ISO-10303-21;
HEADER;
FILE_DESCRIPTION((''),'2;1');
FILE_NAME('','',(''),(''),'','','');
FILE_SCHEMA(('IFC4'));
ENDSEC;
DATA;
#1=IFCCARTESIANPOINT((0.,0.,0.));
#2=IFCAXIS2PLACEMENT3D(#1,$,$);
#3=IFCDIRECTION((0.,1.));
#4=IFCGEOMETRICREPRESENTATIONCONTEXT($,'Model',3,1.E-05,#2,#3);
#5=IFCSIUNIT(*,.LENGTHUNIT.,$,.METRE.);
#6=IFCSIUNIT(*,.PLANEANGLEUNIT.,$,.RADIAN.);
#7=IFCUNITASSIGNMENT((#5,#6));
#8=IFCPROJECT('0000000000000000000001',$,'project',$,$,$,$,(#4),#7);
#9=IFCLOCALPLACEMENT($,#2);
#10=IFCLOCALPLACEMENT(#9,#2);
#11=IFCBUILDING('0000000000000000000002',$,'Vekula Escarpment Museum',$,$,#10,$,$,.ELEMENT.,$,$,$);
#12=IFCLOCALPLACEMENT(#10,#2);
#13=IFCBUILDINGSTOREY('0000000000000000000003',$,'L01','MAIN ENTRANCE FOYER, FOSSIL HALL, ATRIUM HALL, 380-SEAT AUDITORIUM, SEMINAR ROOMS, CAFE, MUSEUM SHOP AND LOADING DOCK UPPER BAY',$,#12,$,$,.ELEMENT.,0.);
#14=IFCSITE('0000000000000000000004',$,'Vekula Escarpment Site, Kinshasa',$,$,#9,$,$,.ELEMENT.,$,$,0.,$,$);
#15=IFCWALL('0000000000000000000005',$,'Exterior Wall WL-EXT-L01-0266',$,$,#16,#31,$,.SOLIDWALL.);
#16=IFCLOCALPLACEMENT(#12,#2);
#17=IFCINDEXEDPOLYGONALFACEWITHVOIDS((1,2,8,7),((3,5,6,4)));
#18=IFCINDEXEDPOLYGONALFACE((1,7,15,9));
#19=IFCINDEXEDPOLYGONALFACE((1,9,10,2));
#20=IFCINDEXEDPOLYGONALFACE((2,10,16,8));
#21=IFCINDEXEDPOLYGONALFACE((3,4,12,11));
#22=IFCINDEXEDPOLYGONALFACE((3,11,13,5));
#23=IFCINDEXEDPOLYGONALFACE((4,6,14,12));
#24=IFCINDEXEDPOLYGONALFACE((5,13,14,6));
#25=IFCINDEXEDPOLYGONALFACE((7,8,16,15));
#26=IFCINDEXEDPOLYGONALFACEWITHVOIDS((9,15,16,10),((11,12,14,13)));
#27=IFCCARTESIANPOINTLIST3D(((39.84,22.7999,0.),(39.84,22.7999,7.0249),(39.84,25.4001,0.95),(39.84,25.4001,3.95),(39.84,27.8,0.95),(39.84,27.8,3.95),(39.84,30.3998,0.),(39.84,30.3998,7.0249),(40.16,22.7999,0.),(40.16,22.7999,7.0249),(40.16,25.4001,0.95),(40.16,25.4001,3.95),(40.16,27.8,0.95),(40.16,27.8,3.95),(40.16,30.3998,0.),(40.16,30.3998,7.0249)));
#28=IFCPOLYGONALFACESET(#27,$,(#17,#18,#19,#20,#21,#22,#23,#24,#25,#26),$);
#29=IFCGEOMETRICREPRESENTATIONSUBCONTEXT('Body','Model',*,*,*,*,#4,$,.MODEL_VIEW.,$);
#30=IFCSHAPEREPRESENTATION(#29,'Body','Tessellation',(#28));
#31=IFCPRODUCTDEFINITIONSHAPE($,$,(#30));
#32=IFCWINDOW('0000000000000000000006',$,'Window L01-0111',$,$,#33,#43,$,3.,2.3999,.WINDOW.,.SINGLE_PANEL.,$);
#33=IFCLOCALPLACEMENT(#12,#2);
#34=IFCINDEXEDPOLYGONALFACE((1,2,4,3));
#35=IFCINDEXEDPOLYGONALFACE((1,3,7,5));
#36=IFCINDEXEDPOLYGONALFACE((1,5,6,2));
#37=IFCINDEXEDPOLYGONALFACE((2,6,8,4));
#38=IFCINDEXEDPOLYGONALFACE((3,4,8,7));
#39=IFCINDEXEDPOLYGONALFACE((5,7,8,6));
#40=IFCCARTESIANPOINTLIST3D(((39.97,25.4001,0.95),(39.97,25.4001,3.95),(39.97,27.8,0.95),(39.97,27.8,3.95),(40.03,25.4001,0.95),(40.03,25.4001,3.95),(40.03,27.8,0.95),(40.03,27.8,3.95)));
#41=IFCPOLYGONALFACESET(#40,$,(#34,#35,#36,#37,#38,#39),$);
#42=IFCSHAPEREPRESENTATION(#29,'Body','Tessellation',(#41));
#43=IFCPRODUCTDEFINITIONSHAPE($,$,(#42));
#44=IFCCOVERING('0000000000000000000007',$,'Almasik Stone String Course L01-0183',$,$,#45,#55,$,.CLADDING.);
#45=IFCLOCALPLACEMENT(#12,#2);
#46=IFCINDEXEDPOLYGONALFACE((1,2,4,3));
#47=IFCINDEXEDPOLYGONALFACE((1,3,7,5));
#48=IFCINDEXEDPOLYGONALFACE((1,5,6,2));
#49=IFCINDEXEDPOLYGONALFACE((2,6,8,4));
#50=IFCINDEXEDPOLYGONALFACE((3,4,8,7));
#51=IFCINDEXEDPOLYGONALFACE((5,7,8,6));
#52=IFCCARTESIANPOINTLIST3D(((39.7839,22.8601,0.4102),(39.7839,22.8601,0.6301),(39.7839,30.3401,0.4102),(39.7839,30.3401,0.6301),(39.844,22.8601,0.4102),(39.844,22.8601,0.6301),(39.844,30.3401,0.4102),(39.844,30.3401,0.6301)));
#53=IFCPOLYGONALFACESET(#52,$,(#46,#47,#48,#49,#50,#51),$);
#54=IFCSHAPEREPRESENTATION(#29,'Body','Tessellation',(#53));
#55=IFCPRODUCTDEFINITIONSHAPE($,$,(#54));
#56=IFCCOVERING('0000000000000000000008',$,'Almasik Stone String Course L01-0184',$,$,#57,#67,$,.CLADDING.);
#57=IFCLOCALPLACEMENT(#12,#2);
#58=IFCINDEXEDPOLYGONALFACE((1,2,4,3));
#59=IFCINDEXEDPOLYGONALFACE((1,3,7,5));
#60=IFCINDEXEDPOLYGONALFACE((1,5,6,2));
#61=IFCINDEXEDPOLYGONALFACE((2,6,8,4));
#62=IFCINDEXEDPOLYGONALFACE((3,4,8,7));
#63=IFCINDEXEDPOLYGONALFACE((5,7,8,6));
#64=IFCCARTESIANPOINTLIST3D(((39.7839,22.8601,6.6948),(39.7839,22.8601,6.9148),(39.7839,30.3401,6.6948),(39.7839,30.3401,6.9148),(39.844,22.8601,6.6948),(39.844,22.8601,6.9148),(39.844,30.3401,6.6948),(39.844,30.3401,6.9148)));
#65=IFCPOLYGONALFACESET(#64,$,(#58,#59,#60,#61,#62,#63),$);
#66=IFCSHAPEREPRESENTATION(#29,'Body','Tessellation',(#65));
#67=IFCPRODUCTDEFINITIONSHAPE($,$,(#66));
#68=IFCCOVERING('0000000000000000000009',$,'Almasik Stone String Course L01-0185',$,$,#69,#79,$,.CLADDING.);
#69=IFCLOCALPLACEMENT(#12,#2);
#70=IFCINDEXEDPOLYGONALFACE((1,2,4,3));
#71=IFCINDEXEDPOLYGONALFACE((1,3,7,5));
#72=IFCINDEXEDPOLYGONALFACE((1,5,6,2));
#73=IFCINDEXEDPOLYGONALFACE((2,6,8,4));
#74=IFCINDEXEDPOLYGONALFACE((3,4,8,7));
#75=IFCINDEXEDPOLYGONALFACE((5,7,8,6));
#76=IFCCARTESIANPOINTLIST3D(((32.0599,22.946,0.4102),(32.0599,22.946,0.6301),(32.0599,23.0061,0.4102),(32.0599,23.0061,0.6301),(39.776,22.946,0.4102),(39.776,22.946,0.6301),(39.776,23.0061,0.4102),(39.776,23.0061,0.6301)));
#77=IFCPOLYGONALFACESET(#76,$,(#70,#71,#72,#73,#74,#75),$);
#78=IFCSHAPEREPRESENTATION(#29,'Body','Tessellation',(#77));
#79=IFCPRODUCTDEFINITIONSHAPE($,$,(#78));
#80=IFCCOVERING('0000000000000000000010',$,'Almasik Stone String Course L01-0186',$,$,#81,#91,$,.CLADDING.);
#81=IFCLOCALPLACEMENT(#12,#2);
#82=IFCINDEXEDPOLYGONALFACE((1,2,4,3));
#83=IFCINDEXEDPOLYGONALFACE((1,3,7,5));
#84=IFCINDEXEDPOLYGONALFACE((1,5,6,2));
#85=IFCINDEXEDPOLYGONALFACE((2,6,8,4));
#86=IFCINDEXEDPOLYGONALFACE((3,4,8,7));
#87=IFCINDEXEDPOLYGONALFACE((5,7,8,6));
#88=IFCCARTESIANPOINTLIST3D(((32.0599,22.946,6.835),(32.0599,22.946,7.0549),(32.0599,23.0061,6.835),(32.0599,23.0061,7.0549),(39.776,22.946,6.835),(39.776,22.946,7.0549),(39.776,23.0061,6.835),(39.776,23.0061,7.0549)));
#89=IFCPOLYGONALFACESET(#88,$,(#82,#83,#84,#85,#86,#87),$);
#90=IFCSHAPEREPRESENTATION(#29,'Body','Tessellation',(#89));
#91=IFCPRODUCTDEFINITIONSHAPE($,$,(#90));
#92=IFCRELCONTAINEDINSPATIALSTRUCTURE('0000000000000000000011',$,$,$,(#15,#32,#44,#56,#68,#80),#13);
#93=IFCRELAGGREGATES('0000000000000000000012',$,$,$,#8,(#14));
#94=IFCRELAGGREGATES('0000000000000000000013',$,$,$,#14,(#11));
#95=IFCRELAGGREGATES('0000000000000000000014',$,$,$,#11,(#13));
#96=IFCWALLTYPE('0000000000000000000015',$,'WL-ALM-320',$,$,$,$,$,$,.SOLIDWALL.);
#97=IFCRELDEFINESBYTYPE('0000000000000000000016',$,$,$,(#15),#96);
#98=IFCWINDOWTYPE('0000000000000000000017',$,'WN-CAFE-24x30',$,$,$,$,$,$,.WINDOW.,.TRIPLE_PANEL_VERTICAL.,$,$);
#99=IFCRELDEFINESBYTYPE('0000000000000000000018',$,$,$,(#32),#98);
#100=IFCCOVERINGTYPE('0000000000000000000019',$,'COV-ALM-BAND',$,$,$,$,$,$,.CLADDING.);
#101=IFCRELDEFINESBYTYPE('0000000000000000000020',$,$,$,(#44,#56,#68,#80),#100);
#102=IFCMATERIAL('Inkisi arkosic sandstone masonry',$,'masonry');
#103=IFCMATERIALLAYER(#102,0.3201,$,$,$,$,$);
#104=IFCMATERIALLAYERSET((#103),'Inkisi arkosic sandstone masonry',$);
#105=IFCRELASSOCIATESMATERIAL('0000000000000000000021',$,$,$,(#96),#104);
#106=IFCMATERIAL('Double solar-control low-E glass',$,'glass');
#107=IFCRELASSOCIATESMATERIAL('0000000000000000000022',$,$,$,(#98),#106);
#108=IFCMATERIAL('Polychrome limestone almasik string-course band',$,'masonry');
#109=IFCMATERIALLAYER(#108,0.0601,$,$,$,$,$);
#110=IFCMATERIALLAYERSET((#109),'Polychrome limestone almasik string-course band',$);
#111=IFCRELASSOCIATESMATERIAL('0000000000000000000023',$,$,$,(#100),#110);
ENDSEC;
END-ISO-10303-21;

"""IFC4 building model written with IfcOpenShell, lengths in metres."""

from ifc_helpers import new_model, si_unit, direction, frame, frame_2d, origin, origin_2d, place, context, subcontext, project, spatial, rectangle, extrude, material, layer, layer_set, type_object, element, fill, save


model = new_model("IFC4")

# Units and contexts
model_context = context("Model", 3, precision=1e-05, world=origin(), true_north=direction((0.0, 1.0)))
body_context = subcontext(model_context, "Body", "Model", "MODEL_VIEW")
ifc_project = project(units=[si_unit("LENGTHUNIT", "METRE"), si_unit("PLANEANGLEUNIT", "RADIAN")], contexts=[model_context])

# Site, building, storey
site_placement = place(None, origin())
site = spatial("IfcSite", under=ifc_project, at=site_placement, Name="Vekula Escarpment Site, Kinshasa", CompositionType="ELEMENT", RefElevation=0.0)
building_placement = place(site_placement, origin())
building = spatial("IfcBuilding", under=site, at=building_placement, Name="Vekula Escarpment Museum", CompositionType="ELEMENT")
storey_placement = place(building_placement, origin())
storey = spatial("IfcBuildingStorey", under=building, at=storey_placement, Name="L01", Description="MAIN ENTRANCE FOYER, FOSSIL HALL, ATRIUM HALL, 380-SEAT AUDITORIUM, SEMINAR ROOMS, CAFE, MUSEUM SHOP AND LOADING DOCK UPPER BAY", CompositionType="ELEMENT", Elevation=0.0)

# Wall, opening, window
ifc_material_1 = material(Name="Inkisi arkosic sandstone masonry", Category="masonry")
ifc_layer_1 = layer(ifc_material_1, 0.3201)
ifc_layer_set_1 = layer_set([ifc_layer_1], Name="Inkisi arkosic sandstone masonry")
wall_type = type_object("IfcWallType", Name="WL-ALM-320", PredefinedType="SOLIDWALL", material=ifc_layer_set_1)
wall_placement = place(storey_placement, frame((40.0, 22.8, 0.0), z_axis=(0.0, 0.0, 1.0), x_axis=(0.0, 1.0, 0.0)))
wall = element("IfcWall", 1, at=wall_placement, inside=storey, type_object=wall_type, Name="Exterior Wall WL-EXT-L01-0266", PredefinedType="SOLIDWALL", context=body_context, shape_type="SweptSolid", body=[
    extrude(rectangle(XDim=7.5999, YDim=0.3201, at=frame_2d((3.7998, 0.0))), origin(), (0.0, 0.0, 1.0), 7.0249),
])
opening_placement = place(wall_placement, frame((2.6001, 0.0, 0.95)))
opening = element("IfcOpeningElement", 2, at=opening_placement, cuts=wall, PredefinedType="OPENING", context=body_context, shape_type="SweptSolid", body=[
    extrude(rectangle(XDim=2.3999, YDim=3.0, at=frame_2d((1.2, 1.5))), frame((0.0, 0.1699, 0.0), z_axis=(0.0, -1.0, 0.0), x_axis=(1.0, 0.0, 0.0)), (0.0, 0.0, 1.0), 0.3401),
])
ifc_material_2 = material(Name="Double solar-control low-E glass", Category="glass")
window_type = type_object("IfcWindowType", Name="WN-CAFE-24x30", PartitioningType="TRIPLE_PANEL_VERTICAL", PredefinedType="WINDOW", material=ifc_material_2)
window_placement = place(opening_placement, origin())
window = element("IfcWindow", 3, at=window_placement, inside=storey, type_object=window_type, Name="Window L01-0111", OverallHeight=3.0, OverallWidth=2.3999, PartitioningType="SINGLE_PANEL", PredefinedType="WINDOW", context=body_context, shape_type="SweptSolid", body=[
    extrude(rectangle(XDim=2.3999, YDim=3.0, at=frame_2d((1.2, 1.5))), frame((0.0, 0.03, 0.0), z_axis=(0.0, -1.0, 0.0), x_axis=(1.0, 0.0, 0.0)), (0.0, 0.0, 1.0), 0.0601),
])
fill(opening, window)

# Coverings
ifc_material_3 = material(Name="Polychrome limestone almasik string-course band", Category="masonry")
ifc_layer_2 = layer(ifc_material_3, 0.0601)
ifc_layer_set_2 = layer_set([ifc_layer_2], Name="Polychrome limestone almasik string-course band")
covering_type = type_object("IfcCoveringType", Name="COV-ALM-BAND", PredefinedType="CLADDING", material=ifc_layer_set_2)
for number, where, z_axis, x_axis, name in (
    (4, (39.814, 26.6001, 0.4102), (0.0, 0.0, 1.0), (0.0, 1.0, 0.0), "Almasik Stone String Course L01-0183"),
    (5, (39.814, 26.6001, 6.6948), (0.0, 0.0, 1.0), (0.0, 1.0, 0.0), "Almasik Stone String Course L01-0184"),
):
    element("IfcCovering", number, at=place(storey_placement, frame(where, z_axis=z_axis, x_axis=x_axis)), inside=storey, type_object=covering_type, Name=name, PredefinedType="CLADDING", context=body_context, shape_type="SweptSolid", body=[
        extrude(rectangle(XDim=7.48, YDim=0.0601, at=origin_2d()), origin(), (0.0, 0.0, 1.0), 0.22),
    ])
for number, where, z_axis, x_axis, name in (
    (6, (35.918, 22.9761, 0.4102), (0.0, 0.0, 1.0), (1.0, 0.0, 0.0), "Almasik Stone String Course L01-0185"),
    (7, (35.918, 22.9761, 6.835), (0.0, 0.0, 1.0), (1.0, 0.0, 0.0), "Almasik Stone String Course L01-0186"),
):
    element("IfcCovering", number, at=place(storey_placement, frame(where, z_axis=z_axis, x_axis=x_axis)), inside=storey, type_object=covering_type, Name=name, PredefinedType="CLADDING", context=body_context, shape_type="SweptSolid", body=[
        extrude(rectangle(XDim=7.7161, YDim=0.0601, at=origin_2d()), origin(), (0.0, 0.0, 1.0), 0.22),
    ])

save(model, "model.ifc")
